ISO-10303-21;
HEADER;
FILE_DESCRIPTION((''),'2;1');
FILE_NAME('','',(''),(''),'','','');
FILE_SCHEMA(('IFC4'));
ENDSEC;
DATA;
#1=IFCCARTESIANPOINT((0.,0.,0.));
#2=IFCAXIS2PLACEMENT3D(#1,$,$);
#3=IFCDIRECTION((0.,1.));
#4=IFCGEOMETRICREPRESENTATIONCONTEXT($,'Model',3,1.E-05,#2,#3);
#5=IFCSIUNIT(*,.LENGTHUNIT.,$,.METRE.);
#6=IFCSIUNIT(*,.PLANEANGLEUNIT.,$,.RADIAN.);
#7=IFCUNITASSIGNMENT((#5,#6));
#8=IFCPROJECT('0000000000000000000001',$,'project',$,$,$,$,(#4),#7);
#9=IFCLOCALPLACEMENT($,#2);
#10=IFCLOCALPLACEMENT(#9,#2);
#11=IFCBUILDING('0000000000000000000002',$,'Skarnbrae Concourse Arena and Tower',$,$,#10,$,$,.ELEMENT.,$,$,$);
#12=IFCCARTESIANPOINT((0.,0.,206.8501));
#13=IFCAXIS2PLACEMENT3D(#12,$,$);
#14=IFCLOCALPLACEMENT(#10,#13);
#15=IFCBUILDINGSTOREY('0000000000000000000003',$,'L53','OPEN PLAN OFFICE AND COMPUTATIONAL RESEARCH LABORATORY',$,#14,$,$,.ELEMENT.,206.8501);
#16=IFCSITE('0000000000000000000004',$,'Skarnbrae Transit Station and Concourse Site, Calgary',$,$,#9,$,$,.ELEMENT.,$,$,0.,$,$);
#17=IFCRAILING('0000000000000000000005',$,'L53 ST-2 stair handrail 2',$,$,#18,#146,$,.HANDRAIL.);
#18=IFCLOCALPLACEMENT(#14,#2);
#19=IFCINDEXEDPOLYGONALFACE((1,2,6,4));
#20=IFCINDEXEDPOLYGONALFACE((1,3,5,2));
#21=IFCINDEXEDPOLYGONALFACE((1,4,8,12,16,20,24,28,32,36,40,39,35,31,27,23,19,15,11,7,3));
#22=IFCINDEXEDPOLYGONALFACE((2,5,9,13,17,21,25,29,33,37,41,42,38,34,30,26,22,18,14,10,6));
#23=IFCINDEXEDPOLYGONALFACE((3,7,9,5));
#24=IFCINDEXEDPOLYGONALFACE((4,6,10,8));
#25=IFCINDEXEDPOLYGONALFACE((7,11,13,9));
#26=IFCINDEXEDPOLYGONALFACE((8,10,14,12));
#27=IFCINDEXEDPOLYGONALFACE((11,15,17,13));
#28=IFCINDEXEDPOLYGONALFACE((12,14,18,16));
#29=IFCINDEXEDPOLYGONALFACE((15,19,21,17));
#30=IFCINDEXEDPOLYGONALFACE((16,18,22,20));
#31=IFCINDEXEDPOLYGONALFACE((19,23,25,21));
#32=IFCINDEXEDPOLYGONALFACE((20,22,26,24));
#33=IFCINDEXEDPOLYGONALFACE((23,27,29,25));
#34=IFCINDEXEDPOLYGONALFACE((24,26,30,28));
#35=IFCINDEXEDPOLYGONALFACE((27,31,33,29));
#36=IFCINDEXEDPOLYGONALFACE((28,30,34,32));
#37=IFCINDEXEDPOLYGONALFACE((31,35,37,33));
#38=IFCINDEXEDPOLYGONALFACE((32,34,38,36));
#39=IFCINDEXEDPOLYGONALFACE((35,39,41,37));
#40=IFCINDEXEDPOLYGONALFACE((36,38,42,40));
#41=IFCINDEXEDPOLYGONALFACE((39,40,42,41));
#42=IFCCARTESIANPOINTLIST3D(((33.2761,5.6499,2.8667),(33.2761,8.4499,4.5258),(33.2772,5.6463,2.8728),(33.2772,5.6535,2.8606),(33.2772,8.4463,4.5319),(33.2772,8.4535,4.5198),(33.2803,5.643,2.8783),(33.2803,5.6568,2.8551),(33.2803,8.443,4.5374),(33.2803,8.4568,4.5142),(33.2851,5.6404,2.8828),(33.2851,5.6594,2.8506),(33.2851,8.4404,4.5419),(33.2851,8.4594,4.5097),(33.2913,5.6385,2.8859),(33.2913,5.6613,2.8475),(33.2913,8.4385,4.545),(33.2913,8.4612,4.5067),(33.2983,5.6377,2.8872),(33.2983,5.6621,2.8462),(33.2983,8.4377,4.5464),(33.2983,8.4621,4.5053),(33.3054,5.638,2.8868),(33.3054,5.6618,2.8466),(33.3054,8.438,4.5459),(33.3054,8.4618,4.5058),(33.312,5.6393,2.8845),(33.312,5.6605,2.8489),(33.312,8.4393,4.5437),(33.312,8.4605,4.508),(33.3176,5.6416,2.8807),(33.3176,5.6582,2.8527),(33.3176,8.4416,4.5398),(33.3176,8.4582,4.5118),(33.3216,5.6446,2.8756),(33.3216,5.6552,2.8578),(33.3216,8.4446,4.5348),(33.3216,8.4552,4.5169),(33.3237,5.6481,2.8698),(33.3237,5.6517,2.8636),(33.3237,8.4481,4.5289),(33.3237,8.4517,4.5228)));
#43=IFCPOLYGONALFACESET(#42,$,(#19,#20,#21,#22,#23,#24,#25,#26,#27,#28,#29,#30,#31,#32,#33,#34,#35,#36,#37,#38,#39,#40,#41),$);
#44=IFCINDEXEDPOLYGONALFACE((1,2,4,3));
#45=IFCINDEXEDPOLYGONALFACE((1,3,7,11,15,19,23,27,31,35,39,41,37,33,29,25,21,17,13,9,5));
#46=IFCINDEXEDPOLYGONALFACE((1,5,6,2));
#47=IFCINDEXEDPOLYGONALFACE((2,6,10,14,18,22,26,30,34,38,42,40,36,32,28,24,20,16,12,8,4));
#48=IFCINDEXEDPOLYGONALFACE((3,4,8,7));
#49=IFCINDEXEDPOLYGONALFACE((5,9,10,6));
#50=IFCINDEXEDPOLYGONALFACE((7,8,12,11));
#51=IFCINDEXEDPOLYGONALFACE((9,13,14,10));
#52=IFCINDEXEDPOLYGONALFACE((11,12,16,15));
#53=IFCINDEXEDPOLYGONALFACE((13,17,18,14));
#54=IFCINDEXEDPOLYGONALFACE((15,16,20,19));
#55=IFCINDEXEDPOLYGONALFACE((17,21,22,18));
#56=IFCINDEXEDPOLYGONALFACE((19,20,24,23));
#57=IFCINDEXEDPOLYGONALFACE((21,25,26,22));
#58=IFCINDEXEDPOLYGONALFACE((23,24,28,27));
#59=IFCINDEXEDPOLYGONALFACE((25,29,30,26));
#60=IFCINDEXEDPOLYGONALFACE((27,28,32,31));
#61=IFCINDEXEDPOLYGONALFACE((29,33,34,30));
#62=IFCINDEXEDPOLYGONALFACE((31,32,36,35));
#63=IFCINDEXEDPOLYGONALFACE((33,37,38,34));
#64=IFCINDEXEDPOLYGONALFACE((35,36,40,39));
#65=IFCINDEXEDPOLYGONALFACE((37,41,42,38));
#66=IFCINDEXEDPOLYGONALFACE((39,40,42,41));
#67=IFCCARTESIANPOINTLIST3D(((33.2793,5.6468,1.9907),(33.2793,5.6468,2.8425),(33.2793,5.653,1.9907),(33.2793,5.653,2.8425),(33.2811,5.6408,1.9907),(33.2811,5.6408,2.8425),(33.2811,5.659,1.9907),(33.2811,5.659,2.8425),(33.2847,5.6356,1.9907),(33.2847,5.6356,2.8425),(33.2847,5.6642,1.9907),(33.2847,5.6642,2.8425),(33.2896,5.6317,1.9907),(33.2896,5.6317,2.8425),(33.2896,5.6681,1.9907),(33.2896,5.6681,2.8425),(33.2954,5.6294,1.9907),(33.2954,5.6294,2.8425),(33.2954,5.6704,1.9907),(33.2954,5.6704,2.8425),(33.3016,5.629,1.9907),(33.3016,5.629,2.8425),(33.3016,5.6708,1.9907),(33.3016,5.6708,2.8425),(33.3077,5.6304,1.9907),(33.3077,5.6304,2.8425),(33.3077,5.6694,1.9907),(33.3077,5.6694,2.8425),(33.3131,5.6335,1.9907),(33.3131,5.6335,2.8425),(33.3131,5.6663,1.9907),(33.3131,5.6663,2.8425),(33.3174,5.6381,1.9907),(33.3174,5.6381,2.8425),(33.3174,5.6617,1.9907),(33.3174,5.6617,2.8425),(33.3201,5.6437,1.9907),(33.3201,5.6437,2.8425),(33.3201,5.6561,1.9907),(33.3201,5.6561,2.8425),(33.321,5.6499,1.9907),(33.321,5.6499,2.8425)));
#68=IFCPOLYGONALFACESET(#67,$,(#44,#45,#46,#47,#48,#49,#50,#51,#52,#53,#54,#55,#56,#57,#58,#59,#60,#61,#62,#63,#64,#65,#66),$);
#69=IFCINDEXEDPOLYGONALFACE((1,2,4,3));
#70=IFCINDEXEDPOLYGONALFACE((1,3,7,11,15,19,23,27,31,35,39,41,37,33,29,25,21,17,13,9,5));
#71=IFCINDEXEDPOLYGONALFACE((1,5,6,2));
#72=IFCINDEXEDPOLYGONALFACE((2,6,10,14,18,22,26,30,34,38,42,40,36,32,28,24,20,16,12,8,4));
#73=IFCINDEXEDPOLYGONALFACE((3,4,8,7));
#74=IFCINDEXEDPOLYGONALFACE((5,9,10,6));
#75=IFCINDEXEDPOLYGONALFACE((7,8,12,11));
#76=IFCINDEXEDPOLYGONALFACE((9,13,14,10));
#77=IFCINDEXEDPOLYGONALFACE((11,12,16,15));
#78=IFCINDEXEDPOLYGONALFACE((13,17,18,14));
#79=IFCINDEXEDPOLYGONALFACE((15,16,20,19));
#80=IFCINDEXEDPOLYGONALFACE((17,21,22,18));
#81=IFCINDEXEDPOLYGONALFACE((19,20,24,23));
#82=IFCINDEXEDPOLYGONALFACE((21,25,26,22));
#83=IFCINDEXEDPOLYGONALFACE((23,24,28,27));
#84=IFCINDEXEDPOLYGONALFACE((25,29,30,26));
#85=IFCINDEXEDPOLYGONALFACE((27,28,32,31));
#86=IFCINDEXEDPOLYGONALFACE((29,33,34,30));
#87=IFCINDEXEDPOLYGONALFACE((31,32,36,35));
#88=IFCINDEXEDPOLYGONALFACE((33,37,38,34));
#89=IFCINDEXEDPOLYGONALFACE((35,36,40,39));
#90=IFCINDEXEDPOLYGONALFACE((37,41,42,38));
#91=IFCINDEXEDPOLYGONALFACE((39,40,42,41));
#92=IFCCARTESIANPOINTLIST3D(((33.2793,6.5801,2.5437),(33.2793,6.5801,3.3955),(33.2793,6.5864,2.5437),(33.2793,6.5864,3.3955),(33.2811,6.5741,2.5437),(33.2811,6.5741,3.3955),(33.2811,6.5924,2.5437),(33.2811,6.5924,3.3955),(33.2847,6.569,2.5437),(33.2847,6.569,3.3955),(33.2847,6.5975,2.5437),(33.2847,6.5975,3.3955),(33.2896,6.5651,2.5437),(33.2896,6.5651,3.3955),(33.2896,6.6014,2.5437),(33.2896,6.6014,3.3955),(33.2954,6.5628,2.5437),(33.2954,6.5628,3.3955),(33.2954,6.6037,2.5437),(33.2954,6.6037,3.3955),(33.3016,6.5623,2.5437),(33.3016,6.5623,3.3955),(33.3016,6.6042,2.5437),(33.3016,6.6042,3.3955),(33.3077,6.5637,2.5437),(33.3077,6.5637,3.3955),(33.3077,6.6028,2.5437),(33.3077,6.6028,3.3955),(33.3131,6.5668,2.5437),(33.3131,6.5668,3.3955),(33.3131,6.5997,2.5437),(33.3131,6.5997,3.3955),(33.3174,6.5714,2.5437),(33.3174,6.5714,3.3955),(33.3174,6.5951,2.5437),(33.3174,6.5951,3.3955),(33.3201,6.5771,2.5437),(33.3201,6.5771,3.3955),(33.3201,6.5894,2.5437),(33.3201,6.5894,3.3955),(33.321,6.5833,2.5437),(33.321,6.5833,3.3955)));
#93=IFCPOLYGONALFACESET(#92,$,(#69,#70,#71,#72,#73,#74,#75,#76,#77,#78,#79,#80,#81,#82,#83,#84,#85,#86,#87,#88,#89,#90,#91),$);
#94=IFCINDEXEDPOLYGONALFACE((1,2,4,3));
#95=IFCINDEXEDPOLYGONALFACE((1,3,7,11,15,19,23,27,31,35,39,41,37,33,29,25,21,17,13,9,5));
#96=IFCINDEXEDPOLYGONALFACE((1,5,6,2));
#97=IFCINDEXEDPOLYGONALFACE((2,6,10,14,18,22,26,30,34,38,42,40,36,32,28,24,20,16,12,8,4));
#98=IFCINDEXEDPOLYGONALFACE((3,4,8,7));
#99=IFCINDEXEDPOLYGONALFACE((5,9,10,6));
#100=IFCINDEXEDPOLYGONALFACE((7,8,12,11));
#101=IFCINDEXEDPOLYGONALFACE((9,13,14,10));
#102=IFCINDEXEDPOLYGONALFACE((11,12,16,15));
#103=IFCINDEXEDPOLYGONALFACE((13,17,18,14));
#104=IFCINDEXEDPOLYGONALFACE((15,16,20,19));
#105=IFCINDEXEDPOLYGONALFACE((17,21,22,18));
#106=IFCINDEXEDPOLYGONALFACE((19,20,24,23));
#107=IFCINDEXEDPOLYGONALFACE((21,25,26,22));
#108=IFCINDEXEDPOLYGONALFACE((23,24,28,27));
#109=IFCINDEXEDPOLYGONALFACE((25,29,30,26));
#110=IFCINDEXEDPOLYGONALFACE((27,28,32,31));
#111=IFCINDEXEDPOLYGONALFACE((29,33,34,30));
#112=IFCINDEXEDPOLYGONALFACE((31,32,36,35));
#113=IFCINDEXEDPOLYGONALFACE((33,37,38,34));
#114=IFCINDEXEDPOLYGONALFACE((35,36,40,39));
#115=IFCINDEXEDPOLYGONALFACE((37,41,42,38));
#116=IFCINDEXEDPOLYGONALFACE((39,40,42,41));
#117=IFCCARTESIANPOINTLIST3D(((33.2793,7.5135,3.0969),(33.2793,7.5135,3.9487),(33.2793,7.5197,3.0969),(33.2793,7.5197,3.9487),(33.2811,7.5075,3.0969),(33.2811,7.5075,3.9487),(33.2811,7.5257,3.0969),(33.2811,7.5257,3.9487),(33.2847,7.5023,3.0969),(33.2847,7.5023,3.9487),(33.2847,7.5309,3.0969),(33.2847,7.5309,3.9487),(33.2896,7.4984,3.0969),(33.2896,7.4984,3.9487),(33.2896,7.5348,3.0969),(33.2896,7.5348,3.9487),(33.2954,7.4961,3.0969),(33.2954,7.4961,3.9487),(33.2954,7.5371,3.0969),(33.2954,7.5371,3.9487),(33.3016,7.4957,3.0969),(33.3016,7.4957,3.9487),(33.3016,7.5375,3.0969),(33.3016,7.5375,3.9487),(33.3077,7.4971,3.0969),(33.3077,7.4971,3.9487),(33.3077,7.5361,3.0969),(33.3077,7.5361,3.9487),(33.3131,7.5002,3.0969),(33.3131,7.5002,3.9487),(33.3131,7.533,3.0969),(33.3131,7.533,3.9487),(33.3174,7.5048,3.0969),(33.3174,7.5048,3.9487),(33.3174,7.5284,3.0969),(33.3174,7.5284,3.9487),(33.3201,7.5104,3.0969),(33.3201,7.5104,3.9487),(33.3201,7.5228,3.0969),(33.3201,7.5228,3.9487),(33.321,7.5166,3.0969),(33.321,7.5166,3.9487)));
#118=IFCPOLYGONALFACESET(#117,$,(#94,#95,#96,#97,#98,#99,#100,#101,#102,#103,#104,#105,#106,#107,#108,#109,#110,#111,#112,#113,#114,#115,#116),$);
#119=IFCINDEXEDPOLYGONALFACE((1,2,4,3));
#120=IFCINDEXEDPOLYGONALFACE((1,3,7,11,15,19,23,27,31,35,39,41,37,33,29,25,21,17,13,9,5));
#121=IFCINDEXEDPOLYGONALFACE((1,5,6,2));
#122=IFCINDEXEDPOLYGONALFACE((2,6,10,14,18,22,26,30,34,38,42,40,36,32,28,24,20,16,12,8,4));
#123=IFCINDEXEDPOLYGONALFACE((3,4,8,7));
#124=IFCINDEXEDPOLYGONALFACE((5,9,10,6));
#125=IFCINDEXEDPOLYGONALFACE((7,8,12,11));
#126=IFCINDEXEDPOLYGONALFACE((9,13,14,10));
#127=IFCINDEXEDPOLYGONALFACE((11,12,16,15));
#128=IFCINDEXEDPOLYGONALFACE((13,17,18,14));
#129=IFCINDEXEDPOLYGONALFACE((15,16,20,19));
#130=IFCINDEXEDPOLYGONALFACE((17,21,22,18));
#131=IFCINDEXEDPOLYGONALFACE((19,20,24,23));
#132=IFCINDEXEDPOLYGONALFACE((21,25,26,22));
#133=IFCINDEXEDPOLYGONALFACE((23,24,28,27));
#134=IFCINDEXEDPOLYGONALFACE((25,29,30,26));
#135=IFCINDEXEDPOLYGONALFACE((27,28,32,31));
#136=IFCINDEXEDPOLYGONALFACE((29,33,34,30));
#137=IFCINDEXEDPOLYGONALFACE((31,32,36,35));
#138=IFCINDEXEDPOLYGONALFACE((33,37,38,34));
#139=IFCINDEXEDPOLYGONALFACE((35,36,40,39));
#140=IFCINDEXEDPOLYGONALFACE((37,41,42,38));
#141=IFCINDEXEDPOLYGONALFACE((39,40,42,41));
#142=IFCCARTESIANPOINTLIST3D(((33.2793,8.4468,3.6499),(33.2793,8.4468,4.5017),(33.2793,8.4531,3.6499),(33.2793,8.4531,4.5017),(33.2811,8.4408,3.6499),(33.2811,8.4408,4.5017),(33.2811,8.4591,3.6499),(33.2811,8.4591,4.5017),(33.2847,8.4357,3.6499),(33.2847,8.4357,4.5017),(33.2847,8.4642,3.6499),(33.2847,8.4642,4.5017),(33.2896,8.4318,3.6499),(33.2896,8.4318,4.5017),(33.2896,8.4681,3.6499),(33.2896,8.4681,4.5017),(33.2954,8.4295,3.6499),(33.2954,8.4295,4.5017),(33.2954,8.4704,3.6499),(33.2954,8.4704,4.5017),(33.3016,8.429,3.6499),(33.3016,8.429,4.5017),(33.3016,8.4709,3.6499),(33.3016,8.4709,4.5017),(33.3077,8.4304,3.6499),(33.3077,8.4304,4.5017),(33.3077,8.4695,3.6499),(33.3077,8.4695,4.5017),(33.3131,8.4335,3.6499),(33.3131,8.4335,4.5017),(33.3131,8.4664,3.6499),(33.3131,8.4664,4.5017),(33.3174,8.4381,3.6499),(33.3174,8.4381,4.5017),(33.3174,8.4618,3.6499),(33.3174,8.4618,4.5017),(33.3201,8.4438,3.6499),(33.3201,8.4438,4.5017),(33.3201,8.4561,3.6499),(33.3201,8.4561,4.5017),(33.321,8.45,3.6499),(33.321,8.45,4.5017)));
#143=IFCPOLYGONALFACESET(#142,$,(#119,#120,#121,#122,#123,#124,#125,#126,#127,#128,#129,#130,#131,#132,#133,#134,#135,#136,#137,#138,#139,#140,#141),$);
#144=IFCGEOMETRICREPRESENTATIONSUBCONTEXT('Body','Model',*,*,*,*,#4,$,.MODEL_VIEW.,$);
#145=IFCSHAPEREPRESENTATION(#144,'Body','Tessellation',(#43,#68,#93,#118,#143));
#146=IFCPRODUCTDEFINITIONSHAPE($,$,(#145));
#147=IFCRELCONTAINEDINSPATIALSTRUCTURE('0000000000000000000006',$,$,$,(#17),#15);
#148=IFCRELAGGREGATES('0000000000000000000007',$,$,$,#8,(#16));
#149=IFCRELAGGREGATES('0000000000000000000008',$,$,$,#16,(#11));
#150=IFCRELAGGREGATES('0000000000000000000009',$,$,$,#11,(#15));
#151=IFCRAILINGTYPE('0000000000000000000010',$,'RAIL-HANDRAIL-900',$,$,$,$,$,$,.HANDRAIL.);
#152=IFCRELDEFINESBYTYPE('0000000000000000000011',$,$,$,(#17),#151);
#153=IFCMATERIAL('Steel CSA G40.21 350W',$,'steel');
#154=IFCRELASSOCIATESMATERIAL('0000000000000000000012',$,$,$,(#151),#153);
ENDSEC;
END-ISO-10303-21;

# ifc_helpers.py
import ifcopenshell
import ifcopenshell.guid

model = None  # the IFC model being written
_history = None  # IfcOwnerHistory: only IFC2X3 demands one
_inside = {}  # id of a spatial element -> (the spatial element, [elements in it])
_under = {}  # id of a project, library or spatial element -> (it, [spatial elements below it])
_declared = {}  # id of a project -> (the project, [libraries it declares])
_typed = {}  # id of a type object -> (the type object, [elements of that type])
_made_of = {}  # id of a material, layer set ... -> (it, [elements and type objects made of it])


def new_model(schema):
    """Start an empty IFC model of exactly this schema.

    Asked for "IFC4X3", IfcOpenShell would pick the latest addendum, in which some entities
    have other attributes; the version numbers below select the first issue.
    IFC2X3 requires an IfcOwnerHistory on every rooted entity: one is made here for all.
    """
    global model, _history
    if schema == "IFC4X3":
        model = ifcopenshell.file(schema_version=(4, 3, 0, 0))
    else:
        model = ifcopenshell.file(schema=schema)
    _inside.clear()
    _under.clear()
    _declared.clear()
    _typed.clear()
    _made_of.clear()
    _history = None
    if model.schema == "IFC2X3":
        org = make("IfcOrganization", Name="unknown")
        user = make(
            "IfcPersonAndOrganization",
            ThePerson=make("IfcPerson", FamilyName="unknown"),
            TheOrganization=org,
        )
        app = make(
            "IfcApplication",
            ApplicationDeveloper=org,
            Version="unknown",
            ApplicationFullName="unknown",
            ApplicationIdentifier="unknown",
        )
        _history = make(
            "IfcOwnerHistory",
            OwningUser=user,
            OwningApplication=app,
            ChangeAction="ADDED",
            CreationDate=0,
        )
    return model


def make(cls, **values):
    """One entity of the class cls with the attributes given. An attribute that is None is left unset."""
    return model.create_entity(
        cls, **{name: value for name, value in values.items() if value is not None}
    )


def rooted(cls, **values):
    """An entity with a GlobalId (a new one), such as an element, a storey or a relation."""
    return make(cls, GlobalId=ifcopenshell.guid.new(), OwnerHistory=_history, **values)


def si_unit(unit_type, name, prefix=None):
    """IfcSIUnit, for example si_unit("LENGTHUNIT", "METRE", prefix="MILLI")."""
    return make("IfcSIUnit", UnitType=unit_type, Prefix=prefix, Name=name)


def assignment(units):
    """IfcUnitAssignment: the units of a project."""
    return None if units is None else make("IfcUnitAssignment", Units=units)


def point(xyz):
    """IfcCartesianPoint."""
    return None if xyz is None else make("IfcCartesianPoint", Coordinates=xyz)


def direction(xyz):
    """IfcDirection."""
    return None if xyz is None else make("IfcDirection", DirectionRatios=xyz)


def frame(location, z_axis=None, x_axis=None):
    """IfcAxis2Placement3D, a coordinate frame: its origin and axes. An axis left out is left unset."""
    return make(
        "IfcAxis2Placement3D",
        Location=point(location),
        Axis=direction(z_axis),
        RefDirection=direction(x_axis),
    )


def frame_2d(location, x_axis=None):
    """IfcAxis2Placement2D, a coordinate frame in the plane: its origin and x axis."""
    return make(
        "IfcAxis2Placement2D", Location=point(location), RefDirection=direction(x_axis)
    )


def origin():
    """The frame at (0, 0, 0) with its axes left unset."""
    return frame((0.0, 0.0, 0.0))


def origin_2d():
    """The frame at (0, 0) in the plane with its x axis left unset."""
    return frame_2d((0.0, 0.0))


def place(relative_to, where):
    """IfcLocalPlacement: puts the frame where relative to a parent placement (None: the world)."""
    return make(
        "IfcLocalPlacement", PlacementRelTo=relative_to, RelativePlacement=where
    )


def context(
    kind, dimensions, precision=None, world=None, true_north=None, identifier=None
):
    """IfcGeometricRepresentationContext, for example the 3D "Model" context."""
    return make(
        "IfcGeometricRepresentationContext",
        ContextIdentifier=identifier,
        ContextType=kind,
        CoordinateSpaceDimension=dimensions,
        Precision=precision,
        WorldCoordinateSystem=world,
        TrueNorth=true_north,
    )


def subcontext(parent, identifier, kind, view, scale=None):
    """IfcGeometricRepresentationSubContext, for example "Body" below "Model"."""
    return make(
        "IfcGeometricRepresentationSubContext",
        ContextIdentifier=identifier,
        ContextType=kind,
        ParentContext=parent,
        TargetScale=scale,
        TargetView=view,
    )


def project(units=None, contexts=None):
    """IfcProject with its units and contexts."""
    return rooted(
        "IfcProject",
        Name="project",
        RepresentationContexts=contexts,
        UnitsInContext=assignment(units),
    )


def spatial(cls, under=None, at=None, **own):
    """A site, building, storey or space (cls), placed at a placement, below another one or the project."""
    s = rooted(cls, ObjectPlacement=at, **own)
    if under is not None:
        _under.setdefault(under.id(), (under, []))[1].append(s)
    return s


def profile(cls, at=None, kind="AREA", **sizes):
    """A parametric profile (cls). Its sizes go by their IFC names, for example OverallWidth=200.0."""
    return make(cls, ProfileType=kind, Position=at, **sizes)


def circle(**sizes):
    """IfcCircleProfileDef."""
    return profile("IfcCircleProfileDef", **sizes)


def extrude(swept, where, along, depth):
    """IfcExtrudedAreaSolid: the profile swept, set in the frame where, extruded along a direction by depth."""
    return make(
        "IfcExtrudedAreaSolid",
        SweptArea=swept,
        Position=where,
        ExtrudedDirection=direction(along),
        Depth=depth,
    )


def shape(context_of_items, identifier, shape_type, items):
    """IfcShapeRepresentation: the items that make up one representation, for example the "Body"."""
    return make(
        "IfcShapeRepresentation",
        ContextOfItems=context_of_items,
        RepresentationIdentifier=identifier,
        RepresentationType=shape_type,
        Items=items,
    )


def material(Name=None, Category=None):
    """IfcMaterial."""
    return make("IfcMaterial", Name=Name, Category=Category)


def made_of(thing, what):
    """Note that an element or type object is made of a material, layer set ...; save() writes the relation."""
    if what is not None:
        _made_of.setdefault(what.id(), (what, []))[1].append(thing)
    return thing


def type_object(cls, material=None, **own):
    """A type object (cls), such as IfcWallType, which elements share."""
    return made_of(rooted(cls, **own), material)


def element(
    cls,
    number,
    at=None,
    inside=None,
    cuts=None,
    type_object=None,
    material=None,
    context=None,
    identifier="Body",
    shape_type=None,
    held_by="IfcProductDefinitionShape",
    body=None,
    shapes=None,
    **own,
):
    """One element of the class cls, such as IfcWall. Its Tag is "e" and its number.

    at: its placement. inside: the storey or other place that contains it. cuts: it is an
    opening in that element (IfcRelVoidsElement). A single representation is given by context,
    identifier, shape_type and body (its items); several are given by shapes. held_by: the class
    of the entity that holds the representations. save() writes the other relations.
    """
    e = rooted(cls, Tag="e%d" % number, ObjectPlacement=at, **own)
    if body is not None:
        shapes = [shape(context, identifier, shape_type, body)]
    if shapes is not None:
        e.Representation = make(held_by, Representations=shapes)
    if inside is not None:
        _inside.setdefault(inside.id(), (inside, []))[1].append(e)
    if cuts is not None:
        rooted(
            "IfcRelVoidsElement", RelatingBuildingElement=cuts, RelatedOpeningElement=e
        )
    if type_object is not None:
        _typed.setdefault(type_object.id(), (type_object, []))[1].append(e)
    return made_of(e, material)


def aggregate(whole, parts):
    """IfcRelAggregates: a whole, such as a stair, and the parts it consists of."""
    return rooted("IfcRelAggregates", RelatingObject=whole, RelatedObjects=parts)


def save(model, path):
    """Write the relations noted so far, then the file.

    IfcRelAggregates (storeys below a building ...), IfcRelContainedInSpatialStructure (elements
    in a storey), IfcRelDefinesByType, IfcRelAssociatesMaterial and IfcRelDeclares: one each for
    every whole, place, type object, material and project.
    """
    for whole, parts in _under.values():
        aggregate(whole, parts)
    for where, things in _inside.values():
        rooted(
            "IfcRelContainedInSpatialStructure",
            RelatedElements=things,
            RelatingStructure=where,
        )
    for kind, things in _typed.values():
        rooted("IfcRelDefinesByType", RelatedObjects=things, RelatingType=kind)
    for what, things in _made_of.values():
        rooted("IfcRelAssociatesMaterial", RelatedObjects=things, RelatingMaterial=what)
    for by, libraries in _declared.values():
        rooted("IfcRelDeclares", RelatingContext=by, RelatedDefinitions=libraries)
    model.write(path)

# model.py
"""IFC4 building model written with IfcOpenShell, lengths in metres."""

from ifc_helpers import new_model, si_unit, direction, frame, origin, origin_2d, place, context, subcontext, project, spatial, circle, extrude, material, type_object, element, save


model = new_model("IFC4")

# Units and contexts
model_context = context("Model", 3, precision=1e-05, world=origin(), true_north=direction((0.0, 1.0)))
body_context = subcontext(model_context, "Body", "Model", "MODEL_VIEW")
ifc_project = project(units=[si_unit("LENGTHUNIT", "METRE"), si_unit("PLANEANGLEUNIT", "RADIAN")], contexts=[model_context])

# Site, building, storey
site_placement = place(None, origin())
site = spatial("IfcSite", under=ifc_project, at=site_placement, Name="Skarnbrae Transit Station and Concourse Site, Calgary", CompositionType="ELEMENT", RefElevation=0.0)
building_placement = place(site_placement, origin())
building = spatial("IfcBuilding", under=site, at=building_placement, Name="Skarnbrae Concourse Arena and Tower", CompositionType="ELEMENT")
storey_placement = place(building_placement, frame((0.0, 0.0, 206.8501)))
storey = spatial("IfcBuildingStorey", under=building, at=storey_placement, Name="L53", Description="OPEN PLAN OFFICE AND COMPUTATIONAL RESEARCH LABORATORY", CompositionType="ELEMENT", Elevation=206.8501)

# Shared definitions
ifc_material_1 = material(Name="Steel CSA G40.21 350W", Category="steel")

# Railing
railing_type_1 = type_object("IfcRailingType", Name="RAIL-HANDRAIL-900", PredefinedType="HANDRAIL", material=ifc_material_1)
railing_1_placement = place(storey_placement, frame((33.3, 5.6499, 1.9907)))
element("IfcRailing", 1, at=railing_1_placement, inside=storey, type_object=railing_type_1, Name="L53 ST-2 stair handrail 2", PredefinedType="HANDRAIL", context=body_context, shape_type="SweptSolid", body=[
    extrude(circle(Radius=0.0239, at=origin_2d()), frame((0.0, 0.0, 0.876), z_axis=(0.0, 0.860306, 0.509778), x_axis=(-1.0, 0.0, 0.0)), (0.0, 0.0, 1.0), 3.2546),
    extrude(circle(Radius=0.021, at=origin_2d()), origin(), (0.0, 0.0, 1.0), 0.8518),
    extrude(circle(Radius=0.021, at=origin_2d()), frame((0.0, 0.9333, 0.553)), (0.0, 0.0, 1.0), 0.8518),
    extrude(circle(Radius=0.021, at=origin_2d()), frame((0.0, 1.8667, 1.1062)), (0.0, 0.0, 1.0), 0.8518),
    extrude(circle(Radius=0.021, at=origin_2d()), frame((0.0, 2.8, 1.6592)), (0.0, 0.0, 1.0), 0.8518),
])

save(model, "model.ifc")
